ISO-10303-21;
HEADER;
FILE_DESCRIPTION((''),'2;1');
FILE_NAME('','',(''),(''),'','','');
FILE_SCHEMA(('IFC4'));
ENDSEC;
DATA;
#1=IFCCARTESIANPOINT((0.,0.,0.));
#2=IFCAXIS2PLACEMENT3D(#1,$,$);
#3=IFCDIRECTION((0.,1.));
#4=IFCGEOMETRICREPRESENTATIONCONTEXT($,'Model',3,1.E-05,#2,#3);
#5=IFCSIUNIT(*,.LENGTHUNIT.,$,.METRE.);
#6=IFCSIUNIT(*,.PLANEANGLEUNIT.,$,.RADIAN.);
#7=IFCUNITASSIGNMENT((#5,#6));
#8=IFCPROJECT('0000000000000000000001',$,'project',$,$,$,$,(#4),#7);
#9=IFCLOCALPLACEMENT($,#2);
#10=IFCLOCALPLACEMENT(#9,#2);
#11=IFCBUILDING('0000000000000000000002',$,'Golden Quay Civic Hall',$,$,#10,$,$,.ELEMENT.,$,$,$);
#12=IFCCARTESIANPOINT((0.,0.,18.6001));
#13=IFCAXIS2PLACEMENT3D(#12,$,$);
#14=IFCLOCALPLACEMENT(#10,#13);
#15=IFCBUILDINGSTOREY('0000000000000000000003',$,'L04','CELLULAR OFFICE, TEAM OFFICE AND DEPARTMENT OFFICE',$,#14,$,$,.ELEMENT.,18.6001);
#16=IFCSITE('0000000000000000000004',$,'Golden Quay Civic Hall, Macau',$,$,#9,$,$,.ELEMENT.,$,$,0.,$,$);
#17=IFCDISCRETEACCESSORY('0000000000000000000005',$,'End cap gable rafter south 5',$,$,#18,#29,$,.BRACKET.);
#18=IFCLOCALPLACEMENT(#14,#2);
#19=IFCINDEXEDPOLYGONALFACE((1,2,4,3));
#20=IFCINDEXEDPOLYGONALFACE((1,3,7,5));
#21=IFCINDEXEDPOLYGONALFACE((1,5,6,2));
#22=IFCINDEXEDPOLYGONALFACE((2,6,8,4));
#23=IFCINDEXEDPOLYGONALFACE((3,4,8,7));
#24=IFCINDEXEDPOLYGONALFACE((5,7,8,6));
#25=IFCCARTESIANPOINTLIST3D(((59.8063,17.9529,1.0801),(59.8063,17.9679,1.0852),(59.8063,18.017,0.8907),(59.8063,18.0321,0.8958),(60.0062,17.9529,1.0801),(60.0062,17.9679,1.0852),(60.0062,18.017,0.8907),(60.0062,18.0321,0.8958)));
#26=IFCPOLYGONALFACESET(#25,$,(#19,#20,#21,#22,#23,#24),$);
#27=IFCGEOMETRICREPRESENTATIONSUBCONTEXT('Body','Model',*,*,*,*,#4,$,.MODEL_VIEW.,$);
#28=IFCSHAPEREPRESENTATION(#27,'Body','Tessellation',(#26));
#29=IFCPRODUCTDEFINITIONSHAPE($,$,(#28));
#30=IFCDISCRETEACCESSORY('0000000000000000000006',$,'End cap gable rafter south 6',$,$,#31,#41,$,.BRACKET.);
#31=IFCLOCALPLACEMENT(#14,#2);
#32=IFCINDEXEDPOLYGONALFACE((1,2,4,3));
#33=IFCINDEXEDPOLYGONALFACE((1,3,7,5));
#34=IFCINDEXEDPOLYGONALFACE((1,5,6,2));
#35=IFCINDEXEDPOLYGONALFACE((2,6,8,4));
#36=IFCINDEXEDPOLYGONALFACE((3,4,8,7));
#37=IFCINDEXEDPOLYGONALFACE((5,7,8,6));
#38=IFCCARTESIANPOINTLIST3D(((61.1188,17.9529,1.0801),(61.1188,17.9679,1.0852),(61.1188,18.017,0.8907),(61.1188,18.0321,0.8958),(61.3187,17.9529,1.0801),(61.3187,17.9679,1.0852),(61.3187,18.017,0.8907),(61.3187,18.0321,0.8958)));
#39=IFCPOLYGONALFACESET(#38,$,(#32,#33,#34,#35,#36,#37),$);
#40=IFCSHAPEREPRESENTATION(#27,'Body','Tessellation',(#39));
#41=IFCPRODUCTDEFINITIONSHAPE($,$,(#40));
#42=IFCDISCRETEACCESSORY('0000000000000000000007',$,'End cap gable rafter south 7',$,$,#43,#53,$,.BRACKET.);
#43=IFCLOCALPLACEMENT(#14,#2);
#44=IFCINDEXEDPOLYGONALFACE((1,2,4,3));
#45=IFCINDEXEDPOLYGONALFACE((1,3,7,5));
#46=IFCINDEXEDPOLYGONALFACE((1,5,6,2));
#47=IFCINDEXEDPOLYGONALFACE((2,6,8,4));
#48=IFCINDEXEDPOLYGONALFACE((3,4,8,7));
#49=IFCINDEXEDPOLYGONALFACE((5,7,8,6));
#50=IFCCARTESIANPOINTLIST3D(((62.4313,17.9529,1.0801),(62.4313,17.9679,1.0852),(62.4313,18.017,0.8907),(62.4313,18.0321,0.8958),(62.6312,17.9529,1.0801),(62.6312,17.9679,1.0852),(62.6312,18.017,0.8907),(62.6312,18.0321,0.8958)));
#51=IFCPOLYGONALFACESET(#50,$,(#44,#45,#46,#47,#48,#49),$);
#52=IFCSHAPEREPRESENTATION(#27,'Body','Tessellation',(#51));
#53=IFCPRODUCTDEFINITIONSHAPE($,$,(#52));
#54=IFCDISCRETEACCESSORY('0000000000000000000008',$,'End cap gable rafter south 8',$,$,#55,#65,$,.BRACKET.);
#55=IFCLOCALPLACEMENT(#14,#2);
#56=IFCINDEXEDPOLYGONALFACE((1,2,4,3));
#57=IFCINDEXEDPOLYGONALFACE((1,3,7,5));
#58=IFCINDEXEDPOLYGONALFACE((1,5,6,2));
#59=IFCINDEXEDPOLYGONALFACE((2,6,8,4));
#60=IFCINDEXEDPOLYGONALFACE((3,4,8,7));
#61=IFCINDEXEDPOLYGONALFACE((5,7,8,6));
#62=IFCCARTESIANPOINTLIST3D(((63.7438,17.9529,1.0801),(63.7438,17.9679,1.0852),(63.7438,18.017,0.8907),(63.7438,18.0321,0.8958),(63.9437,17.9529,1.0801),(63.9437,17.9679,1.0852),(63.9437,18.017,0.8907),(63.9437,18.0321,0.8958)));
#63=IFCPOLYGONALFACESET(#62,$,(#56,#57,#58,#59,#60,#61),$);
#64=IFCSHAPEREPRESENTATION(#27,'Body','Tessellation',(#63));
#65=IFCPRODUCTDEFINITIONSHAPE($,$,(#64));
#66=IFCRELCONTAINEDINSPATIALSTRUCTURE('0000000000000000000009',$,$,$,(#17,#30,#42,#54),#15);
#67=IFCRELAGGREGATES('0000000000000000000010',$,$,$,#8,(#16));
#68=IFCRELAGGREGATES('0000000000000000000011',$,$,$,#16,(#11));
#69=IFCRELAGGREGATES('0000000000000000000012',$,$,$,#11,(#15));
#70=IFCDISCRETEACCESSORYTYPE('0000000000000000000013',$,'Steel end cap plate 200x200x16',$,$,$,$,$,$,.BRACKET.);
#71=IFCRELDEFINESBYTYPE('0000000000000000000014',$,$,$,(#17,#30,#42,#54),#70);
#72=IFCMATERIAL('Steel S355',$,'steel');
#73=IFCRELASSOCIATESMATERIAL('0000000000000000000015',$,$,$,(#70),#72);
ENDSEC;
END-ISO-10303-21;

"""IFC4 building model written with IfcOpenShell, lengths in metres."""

from ifc_helpers import new_model, si_unit, direction, frame, origin, origin_2d, place, context, subcontext, project, spatial, rectangle, extrude, material, material_profile, profile_set, type_object, element, save


model = new_model("IFC4")

# Units and contexts
model_context = context("Model", 3, precision=1e-05, world=origin(), true_north=direction((0.0, 1.0)))
body_context = subcontext(model_context, "Body", "Model", "MODEL_VIEW")
ifc_project = project(units=[si_unit("LENGTHUNIT", "METRE"), si_unit("PLANEANGLEUNIT", "RADIAN")], contexts=[model_context])

# Site, building, storey
site_placement = place(None, origin())
site = spatial("IfcSite", under=ifc_project, at=site_placement, Name="Golden Quay Civic Hall, Macau", CompositionType="ELEMENT", RefElevation=0.0)
building_placement = place(site_placement, origin())
building = spatial("IfcBuilding", under=site, at=building_placement, Name="Golden Quay Civic Hall", CompositionType="ELEMENT")
storey_placement = place(building_placement, frame((0.0, 0.0, 18.6001)))
storey = spatial("IfcBuildingStorey", under=building, at=storey_placement, Name="L04", Description="CELLULAR OFFICE, TEAM OFFICE AND DEPARTMENT OFFICE", CompositionType="ELEMENT", Elevation=18.6001)

# Discrete accessories
ifc_material_1 = material(Name="Steel S355", Category="steel")
ifc_material_profile_1 = material_profile(ifc_material_1, rectangle(XDim=0.2, YDim=0.2, at=origin_2d()), Name="Steel end cap plate 200x200x16")
ifc_profile_set_1 = profile_set([ifc_material_profile_1], Name="Steel S355")
discrete_accessory_type = type_object("IfcDiscreteAccessoryType", Name="Steel end cap plate 200x200x16", PredefinedType="BRACKET", material=ifc_profile_set_1)
for number, where, z_axis, x_axis, name in (
    (1, (59.9062, 18.0, 0.9905), (0.0, -0.947145, -0.320807), (1.0, 0.0, 0.0), "End cap gable rafter south 5"),
    (2, (61.2188, 18.0, 0.9905), (0.0, -0.947145, -0.320807), (1.0, 0.0, 0.0), "End cap gable rafter south 6"),
    (3, (62.5312, 18.0, 0.9905), (0.0, -0.947145, -0.320807), (1.0, 0.0, 0.0), "End cap gable rafter south 7"),
    (4, (63.8438, 18.0, 0.9905), (0.0, -0.947145, -0.320807), (1.0, 0.0, 0.0), "End cap gable rafter south 8"),
):
    element("IfcDiscreteAccessory", number, at=place(storey_placement, frame(where, z_axis=z_axis, x_axis=x_axis)), inside=storey, type_object=discrete_accessory_type, Name=name, PredefinedType="BRACKET", context=body_context, shape_type="SweptSolid", body=[
        extrude(rectangle(XDim=0.2, YDim=0.2, at=origin_2d()), origin(), (0.0, 0.0, 1.0), 0.0159),
    ])

save(model, "model.ifc")
